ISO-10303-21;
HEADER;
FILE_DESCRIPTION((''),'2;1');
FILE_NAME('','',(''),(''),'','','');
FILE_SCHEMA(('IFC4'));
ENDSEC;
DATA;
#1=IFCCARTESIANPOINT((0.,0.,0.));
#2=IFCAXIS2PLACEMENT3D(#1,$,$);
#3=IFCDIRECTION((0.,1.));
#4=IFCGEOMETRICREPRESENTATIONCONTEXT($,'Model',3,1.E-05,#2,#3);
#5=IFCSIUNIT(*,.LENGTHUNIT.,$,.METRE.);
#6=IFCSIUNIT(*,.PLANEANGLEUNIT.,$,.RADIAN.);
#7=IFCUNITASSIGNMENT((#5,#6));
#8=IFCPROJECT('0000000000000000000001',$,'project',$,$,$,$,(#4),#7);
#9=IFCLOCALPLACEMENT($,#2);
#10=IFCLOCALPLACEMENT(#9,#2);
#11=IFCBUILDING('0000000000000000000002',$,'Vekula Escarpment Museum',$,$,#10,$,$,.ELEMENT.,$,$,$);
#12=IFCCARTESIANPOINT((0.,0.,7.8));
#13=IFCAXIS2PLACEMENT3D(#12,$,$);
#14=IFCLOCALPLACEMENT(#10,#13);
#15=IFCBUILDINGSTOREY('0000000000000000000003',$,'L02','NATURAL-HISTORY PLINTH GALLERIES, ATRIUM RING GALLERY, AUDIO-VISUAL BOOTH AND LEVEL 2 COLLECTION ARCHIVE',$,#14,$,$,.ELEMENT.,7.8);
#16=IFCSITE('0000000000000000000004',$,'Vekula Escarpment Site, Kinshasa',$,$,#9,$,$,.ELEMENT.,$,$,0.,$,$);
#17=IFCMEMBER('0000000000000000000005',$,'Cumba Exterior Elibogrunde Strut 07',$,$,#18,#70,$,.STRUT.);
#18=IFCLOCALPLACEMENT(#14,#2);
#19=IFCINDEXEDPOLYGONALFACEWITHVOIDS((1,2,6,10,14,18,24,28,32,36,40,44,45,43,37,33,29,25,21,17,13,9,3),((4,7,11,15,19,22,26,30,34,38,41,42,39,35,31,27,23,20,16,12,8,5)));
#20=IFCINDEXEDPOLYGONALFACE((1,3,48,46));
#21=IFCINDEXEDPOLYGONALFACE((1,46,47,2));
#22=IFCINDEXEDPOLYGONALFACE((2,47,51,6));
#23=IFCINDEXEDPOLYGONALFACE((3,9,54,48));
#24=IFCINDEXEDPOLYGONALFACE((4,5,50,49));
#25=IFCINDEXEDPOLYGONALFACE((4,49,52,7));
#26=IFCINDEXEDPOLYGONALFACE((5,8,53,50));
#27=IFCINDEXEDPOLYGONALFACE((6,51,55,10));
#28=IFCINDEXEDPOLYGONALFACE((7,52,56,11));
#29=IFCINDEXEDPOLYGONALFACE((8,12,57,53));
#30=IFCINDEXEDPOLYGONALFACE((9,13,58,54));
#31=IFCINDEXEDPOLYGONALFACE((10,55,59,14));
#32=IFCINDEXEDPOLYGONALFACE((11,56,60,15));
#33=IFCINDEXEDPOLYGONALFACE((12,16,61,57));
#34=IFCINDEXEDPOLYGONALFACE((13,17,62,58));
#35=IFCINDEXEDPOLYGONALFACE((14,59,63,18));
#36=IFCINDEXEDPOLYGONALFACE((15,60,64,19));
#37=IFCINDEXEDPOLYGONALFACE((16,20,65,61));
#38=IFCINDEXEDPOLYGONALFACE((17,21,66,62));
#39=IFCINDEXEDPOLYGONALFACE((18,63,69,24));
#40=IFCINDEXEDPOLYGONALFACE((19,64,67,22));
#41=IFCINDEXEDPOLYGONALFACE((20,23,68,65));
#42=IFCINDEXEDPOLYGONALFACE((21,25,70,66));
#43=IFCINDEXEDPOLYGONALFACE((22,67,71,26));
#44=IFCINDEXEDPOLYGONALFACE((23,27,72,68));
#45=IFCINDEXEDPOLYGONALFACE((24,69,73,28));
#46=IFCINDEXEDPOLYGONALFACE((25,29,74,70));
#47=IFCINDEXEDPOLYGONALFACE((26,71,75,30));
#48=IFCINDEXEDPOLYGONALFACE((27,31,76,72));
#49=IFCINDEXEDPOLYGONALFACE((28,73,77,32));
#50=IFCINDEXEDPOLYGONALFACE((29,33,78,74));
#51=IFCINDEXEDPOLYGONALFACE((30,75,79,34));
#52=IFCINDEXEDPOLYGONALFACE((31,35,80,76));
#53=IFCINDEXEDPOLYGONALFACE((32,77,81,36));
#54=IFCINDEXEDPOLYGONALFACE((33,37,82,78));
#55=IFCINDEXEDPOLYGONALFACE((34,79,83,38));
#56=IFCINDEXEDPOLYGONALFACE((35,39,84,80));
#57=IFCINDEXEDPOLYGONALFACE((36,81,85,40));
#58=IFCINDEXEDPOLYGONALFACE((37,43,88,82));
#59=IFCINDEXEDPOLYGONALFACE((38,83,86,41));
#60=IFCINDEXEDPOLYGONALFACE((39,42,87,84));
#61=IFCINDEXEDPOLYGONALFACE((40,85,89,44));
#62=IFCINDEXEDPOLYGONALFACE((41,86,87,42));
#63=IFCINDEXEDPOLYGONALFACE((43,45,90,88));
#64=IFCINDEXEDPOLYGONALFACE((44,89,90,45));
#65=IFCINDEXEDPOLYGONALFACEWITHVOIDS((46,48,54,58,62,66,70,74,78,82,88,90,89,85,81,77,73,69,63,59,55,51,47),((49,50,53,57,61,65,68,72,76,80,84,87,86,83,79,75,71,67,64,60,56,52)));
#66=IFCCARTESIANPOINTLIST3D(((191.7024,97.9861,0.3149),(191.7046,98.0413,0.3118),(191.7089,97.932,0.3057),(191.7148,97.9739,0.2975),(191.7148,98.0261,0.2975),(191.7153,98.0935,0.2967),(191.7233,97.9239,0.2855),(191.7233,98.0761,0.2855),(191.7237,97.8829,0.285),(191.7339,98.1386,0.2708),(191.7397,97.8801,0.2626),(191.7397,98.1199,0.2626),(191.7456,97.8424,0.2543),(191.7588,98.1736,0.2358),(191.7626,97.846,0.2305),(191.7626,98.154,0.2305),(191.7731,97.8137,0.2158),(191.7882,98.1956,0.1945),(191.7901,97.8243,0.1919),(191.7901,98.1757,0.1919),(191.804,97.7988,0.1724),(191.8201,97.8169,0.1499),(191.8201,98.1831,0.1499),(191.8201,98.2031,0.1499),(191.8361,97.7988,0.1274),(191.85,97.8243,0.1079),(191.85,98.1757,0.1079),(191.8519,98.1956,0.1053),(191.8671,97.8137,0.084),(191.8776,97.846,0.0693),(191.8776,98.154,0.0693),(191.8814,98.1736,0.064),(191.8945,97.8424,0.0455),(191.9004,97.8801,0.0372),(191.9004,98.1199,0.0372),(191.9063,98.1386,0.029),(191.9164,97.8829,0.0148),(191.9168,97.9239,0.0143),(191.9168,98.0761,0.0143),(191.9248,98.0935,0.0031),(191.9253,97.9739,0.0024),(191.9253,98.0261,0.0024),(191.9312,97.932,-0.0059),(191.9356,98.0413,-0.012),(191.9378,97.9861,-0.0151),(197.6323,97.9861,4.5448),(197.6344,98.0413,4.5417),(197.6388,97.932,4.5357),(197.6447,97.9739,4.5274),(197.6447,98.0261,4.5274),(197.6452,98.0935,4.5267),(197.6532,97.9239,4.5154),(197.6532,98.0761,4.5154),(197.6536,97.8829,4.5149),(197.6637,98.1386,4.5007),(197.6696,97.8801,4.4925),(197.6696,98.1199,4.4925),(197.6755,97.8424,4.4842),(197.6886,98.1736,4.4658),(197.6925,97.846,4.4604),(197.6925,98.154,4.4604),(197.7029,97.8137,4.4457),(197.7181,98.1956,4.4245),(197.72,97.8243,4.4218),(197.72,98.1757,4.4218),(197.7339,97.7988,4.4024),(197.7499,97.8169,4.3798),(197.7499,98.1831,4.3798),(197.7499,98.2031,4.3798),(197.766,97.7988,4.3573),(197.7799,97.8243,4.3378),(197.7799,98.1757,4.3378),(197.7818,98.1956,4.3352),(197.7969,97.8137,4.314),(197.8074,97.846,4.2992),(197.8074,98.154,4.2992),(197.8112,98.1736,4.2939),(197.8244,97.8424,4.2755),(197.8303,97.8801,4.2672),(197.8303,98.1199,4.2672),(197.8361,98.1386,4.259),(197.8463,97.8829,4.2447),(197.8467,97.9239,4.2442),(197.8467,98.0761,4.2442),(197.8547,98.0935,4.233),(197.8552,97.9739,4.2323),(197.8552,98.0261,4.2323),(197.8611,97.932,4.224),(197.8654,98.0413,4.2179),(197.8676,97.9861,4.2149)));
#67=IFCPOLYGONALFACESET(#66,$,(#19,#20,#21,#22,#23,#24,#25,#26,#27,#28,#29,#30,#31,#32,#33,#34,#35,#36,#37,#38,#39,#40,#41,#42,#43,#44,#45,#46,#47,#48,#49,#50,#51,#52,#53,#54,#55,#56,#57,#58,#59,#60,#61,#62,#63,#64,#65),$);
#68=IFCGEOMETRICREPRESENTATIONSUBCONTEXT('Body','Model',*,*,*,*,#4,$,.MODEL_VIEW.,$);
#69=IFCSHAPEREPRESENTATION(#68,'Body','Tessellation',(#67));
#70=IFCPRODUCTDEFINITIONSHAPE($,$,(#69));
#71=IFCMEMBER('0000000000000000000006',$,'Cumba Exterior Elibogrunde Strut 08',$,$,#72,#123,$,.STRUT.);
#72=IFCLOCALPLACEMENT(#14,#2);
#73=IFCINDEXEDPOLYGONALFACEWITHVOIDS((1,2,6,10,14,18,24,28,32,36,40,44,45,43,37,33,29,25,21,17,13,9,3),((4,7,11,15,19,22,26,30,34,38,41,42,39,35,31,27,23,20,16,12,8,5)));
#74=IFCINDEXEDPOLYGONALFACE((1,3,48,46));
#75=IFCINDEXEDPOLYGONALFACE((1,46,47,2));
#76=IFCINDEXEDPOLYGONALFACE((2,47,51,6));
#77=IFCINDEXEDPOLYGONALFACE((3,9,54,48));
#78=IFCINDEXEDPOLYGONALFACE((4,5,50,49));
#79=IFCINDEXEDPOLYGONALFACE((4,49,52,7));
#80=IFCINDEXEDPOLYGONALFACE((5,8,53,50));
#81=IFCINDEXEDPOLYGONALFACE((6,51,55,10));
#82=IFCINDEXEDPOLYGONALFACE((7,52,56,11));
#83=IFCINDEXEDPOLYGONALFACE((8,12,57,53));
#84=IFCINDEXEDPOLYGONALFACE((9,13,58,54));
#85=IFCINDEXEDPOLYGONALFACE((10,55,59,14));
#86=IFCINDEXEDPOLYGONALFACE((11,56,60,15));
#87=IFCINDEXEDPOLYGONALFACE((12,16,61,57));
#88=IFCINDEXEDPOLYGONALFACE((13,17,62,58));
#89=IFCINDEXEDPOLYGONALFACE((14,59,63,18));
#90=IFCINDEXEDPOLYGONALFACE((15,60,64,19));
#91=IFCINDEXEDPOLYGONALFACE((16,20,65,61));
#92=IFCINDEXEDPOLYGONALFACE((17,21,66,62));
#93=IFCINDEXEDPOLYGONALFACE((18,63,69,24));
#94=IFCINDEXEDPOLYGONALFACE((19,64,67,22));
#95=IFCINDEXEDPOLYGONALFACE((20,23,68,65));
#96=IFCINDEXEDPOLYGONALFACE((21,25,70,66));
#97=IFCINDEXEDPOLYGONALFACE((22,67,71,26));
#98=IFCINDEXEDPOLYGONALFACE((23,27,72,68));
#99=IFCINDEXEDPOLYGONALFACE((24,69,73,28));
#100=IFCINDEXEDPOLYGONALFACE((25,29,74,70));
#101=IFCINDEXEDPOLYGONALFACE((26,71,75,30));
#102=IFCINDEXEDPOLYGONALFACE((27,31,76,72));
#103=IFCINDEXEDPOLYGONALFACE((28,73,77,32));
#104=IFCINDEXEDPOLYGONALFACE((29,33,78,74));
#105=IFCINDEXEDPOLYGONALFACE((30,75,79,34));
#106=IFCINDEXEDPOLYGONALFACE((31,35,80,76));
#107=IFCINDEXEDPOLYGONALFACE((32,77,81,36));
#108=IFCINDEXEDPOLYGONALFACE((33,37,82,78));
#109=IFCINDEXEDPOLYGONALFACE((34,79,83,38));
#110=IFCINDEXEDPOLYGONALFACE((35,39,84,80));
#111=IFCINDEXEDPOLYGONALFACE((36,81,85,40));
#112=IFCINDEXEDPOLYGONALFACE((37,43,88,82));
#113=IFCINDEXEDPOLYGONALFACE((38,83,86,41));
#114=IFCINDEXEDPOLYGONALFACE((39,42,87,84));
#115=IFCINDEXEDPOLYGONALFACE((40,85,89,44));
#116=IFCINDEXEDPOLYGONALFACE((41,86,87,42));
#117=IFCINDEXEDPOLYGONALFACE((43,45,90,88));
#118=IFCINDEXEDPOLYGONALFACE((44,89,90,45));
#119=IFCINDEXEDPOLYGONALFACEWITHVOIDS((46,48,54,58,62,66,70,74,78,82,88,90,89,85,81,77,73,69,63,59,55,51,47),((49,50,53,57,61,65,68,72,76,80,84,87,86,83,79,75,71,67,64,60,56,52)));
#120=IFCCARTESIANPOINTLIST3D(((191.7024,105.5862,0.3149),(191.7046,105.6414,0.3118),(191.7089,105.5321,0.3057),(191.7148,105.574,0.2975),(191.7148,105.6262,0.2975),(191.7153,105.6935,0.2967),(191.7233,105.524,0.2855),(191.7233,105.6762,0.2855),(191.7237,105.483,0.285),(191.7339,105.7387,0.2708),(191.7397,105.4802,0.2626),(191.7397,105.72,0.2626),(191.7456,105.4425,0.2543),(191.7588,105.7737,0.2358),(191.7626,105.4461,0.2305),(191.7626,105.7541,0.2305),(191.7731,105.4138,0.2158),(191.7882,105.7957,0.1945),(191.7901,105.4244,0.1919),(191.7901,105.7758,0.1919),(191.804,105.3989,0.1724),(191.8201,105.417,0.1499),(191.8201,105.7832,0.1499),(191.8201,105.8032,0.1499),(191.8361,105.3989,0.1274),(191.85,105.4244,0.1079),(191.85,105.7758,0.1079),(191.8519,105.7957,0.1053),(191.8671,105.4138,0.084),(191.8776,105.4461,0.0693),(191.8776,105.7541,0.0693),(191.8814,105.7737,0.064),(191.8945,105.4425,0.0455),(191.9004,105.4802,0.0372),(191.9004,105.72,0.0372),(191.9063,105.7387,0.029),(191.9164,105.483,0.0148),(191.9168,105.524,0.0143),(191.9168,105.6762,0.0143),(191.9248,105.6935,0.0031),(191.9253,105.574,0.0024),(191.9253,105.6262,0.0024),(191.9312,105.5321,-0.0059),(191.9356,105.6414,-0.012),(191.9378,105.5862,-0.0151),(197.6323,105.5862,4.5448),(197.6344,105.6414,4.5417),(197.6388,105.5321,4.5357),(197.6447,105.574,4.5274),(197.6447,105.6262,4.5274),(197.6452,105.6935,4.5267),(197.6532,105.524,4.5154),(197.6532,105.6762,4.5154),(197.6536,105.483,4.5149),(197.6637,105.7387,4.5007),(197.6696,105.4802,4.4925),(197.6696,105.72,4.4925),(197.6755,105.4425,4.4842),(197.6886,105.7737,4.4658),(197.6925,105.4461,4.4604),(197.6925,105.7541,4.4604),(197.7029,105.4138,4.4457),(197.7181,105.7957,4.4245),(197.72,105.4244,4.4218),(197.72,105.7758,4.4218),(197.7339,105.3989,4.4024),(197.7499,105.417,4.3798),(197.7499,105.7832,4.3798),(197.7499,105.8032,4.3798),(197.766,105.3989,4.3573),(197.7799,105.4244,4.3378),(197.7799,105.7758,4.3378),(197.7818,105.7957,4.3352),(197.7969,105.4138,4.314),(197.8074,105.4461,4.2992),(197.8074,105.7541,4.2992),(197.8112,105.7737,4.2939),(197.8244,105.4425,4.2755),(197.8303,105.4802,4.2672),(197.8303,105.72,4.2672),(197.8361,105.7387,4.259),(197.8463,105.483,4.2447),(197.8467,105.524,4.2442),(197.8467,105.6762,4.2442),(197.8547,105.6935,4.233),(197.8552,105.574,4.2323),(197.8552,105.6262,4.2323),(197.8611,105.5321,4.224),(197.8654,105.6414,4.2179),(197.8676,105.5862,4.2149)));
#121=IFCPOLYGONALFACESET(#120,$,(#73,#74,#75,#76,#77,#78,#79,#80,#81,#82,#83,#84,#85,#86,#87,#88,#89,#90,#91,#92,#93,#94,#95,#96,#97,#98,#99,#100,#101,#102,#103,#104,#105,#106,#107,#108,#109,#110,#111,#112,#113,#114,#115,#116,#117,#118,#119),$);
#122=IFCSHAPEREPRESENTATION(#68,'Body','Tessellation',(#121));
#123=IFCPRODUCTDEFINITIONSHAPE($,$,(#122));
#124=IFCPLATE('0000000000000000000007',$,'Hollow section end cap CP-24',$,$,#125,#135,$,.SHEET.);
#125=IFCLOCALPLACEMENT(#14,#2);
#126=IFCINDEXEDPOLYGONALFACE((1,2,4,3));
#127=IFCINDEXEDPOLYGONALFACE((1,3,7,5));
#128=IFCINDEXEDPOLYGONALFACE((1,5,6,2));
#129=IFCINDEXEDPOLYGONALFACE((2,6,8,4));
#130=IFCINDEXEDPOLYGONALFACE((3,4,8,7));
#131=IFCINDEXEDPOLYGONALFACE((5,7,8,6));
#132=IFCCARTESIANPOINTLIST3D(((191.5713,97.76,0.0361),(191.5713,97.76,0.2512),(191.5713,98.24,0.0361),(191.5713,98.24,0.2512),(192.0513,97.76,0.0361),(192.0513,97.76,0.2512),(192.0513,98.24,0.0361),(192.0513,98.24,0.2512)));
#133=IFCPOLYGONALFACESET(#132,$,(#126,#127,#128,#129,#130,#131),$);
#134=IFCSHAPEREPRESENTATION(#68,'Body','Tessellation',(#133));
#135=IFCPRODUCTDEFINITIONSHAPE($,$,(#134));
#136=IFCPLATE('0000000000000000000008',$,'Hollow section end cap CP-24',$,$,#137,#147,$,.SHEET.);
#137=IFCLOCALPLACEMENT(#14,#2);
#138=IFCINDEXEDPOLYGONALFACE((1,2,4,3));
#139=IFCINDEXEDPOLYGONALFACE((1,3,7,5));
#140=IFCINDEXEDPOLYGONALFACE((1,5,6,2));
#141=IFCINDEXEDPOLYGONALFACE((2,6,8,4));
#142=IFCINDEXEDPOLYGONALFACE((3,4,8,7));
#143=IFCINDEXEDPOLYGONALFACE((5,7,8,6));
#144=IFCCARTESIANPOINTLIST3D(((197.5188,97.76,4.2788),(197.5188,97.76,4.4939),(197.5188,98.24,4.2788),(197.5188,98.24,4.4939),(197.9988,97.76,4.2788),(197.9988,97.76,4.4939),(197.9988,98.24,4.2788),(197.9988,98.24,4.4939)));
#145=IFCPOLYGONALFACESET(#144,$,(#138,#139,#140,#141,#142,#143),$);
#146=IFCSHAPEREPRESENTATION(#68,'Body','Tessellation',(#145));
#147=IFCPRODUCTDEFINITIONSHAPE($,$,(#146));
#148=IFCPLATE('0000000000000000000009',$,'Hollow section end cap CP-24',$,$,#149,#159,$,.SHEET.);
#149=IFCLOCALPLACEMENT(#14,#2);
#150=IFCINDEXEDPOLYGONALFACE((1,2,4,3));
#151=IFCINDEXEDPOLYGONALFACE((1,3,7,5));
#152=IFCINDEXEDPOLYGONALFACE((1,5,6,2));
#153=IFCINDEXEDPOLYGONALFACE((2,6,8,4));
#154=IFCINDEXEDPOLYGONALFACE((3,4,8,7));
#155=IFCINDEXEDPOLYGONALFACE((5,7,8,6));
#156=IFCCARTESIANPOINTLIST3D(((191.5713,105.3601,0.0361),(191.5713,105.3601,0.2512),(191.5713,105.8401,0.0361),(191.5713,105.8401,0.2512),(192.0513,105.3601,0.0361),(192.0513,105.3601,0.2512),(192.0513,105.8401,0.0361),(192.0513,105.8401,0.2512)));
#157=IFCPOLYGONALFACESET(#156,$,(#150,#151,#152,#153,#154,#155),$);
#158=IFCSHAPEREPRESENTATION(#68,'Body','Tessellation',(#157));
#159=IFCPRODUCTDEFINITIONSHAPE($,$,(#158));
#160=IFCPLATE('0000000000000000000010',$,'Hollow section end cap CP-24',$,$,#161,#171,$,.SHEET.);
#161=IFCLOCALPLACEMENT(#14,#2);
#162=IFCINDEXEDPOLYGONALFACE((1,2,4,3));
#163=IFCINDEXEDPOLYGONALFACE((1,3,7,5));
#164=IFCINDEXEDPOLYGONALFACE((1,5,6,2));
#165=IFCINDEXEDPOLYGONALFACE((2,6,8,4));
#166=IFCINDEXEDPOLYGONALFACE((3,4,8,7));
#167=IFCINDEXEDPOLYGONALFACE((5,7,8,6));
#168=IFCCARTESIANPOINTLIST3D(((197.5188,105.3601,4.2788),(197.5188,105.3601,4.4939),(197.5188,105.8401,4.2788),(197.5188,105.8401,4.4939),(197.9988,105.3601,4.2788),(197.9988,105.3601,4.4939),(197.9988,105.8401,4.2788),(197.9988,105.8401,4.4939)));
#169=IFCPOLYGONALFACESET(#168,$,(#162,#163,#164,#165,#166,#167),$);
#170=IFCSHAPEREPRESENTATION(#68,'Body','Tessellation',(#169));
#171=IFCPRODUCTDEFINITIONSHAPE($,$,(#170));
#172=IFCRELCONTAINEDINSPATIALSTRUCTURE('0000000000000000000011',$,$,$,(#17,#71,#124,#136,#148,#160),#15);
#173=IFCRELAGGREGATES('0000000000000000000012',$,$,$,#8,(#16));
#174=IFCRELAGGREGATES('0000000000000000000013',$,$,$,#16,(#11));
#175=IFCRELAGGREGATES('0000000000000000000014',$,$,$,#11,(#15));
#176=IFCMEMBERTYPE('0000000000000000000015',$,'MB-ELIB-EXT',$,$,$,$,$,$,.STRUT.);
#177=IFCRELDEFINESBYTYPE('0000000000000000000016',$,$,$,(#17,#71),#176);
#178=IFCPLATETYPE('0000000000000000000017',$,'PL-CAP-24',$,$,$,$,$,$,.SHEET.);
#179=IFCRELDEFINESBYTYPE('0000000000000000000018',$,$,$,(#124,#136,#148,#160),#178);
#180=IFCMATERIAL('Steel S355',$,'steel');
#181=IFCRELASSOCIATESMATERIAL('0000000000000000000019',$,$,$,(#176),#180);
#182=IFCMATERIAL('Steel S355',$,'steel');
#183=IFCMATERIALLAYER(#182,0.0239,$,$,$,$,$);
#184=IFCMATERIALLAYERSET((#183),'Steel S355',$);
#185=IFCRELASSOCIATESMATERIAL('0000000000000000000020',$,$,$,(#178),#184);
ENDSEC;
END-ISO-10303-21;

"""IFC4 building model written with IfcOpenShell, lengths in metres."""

from ifc_helpers import new_model, si_unit, direction, frame, origin, origin_2d, place, context, subcontext, project, spatial, rectangle, hollow_circle, extrude, material, layer, layer_set, material_profile, profile_set, type_object, element, save


model = new_model("IFC4")

# Units and contexts
model_context = context("Model", 3, precision=1e-05, world=origin(), true_north=direction((0.0, 1.0)))
body_context = subcontext(model_context, "Body", "Model", "MODEL_VIEW")
ifc_project = project(units=[si_unit("LENGTHUNIT", "METRE"), si_unit("PLANEANGLEUNIT", "RADIAN")], contexts=[model_context])

# Site, building, storey
site_placement = place(None, origin())
site = spatial("IfcSite", under=ifc_project, at=site_placement, Name="Vekula Escarpment Site, Kinshasa", CompositionType="ELEMENT", RefElevation=0.0)
building_placement = place(site_placement, origin())
building = spatial("IfcBuilding", under=site, at=building_placement, Name="Vekula Escarpment Museum", CompositionType="ELEMENT")
storey_placement = place(building_placement, frame((0.0, 0.0, 7.8)))
storey = spatial("IfcBuildingStorey", under=building, at=storey_placement, Name="L02", Description="NATURAL-HISTORY PLINTH GALLERIES, ATRIUM RING GALLERY, AUDIO-VISUAL BOOTH AND LEVEL 2 COLLECTION ARCHIVE", CompositionType="ELEMENT", Elevation=7.8)

# Members
ifc_material_1 = material(Name="Steel S355", Category="steel")
ifc_material_profile_1 = material_profile(ifc_material_1, hollow_circle(Radius=0.2031, WallThickness=0.02, at=origin_2d()), Name="CHS 406.4x20")
ifc_profile_set_1 = profile_set([ifc_material_profile_1], Name="Steel S355")
member_type = type_object("IfcMemberType", Name="MB-ELIB-EXT", PredefinedType="STRUT", material=ifc_profile_set_1)
for number, where, z_axis, x_axis, name in (
    (1, (191.8201, 98.0, 0.1499), (0.814102, 0.0, 0.580721), (0.0, 1.0, 0.0), "Cumba Exterior Elibogrunde Strut 07"),
    (2, (191.8201, 105.6001, 0.1499), (0.814102, 0.0, 0.580721), (0.0, 1.0, 0.0), "Cumba Exterior Elibogrunde Strut 08"),
):
    element("IfcMember", number, at=place(storey_placement, frame(where, z_axis=z_axis, x_axis=x_axis)), inside=storey, type_object=member_type, Name=name, PredefinedType="STRUT", context=body_context, shape_type="SweptSolid", body=[
        extrude(hollow_circle(Radius=0.2031, WallThickness=0.02, at=origin_2d()), origin(), (0.0, 0.0, 1.0), 7.2839),
    ])

# Plates
ifc_material_2 = material(Name="Steel S355", Category="steel")
ifc_layer_1 = layer(ifc_material_2, 0.0239)
ifc_layer_set_1 = layer_set([ifc_layer_1], Name="Steel S355")
plate_type = type_object("IfcPlateType", Name="PL-CAP-24", PredefinedType="SHEET", material=ifc_layer_set_1)
for number, where, z_axis, x_axis, name in (
    (3, (191.8113, 98.0, 0.0361), (0.0, 0.0, 1.0), (1.0, 0.0, 0.0), "Hollow section end cap CP-24"),
    (4, (197.7588, 98.0, 4.2788), (0.0, 0.0, 1.0), (1.0, 0.0, 0.0), "Hollow section end cap CP-24"),
    (5, (191.8113, 105.6001, 0.0361), (0.0, 0.0, 1.0), (1.0, 0.0, 0.0), "Hollow section end cap CP-24"),
    (6, (197.7588, 105.6001, 4.2788), (0.0, 0.0, 1.0), (1.0, 0.0, 0.0), "Hollow section end cap CP-24"),
):
    element("IfcPlate", number, at=place(storey_placement, frame(where, z_axis=z_axis, x_axis=x_axis)), inside=storey, type_object=plate_type, Name=name, PredefinedType="SHEET", context=body_context, shape_type="SweptSolid", body=[
        extrude(rectangle(XDim=0.48, YDim=0.48, at=origin_2d()), origin(), (0.0, 0.0, 1.0), 0.2151),
    ])

save(model, "model.ifc")
